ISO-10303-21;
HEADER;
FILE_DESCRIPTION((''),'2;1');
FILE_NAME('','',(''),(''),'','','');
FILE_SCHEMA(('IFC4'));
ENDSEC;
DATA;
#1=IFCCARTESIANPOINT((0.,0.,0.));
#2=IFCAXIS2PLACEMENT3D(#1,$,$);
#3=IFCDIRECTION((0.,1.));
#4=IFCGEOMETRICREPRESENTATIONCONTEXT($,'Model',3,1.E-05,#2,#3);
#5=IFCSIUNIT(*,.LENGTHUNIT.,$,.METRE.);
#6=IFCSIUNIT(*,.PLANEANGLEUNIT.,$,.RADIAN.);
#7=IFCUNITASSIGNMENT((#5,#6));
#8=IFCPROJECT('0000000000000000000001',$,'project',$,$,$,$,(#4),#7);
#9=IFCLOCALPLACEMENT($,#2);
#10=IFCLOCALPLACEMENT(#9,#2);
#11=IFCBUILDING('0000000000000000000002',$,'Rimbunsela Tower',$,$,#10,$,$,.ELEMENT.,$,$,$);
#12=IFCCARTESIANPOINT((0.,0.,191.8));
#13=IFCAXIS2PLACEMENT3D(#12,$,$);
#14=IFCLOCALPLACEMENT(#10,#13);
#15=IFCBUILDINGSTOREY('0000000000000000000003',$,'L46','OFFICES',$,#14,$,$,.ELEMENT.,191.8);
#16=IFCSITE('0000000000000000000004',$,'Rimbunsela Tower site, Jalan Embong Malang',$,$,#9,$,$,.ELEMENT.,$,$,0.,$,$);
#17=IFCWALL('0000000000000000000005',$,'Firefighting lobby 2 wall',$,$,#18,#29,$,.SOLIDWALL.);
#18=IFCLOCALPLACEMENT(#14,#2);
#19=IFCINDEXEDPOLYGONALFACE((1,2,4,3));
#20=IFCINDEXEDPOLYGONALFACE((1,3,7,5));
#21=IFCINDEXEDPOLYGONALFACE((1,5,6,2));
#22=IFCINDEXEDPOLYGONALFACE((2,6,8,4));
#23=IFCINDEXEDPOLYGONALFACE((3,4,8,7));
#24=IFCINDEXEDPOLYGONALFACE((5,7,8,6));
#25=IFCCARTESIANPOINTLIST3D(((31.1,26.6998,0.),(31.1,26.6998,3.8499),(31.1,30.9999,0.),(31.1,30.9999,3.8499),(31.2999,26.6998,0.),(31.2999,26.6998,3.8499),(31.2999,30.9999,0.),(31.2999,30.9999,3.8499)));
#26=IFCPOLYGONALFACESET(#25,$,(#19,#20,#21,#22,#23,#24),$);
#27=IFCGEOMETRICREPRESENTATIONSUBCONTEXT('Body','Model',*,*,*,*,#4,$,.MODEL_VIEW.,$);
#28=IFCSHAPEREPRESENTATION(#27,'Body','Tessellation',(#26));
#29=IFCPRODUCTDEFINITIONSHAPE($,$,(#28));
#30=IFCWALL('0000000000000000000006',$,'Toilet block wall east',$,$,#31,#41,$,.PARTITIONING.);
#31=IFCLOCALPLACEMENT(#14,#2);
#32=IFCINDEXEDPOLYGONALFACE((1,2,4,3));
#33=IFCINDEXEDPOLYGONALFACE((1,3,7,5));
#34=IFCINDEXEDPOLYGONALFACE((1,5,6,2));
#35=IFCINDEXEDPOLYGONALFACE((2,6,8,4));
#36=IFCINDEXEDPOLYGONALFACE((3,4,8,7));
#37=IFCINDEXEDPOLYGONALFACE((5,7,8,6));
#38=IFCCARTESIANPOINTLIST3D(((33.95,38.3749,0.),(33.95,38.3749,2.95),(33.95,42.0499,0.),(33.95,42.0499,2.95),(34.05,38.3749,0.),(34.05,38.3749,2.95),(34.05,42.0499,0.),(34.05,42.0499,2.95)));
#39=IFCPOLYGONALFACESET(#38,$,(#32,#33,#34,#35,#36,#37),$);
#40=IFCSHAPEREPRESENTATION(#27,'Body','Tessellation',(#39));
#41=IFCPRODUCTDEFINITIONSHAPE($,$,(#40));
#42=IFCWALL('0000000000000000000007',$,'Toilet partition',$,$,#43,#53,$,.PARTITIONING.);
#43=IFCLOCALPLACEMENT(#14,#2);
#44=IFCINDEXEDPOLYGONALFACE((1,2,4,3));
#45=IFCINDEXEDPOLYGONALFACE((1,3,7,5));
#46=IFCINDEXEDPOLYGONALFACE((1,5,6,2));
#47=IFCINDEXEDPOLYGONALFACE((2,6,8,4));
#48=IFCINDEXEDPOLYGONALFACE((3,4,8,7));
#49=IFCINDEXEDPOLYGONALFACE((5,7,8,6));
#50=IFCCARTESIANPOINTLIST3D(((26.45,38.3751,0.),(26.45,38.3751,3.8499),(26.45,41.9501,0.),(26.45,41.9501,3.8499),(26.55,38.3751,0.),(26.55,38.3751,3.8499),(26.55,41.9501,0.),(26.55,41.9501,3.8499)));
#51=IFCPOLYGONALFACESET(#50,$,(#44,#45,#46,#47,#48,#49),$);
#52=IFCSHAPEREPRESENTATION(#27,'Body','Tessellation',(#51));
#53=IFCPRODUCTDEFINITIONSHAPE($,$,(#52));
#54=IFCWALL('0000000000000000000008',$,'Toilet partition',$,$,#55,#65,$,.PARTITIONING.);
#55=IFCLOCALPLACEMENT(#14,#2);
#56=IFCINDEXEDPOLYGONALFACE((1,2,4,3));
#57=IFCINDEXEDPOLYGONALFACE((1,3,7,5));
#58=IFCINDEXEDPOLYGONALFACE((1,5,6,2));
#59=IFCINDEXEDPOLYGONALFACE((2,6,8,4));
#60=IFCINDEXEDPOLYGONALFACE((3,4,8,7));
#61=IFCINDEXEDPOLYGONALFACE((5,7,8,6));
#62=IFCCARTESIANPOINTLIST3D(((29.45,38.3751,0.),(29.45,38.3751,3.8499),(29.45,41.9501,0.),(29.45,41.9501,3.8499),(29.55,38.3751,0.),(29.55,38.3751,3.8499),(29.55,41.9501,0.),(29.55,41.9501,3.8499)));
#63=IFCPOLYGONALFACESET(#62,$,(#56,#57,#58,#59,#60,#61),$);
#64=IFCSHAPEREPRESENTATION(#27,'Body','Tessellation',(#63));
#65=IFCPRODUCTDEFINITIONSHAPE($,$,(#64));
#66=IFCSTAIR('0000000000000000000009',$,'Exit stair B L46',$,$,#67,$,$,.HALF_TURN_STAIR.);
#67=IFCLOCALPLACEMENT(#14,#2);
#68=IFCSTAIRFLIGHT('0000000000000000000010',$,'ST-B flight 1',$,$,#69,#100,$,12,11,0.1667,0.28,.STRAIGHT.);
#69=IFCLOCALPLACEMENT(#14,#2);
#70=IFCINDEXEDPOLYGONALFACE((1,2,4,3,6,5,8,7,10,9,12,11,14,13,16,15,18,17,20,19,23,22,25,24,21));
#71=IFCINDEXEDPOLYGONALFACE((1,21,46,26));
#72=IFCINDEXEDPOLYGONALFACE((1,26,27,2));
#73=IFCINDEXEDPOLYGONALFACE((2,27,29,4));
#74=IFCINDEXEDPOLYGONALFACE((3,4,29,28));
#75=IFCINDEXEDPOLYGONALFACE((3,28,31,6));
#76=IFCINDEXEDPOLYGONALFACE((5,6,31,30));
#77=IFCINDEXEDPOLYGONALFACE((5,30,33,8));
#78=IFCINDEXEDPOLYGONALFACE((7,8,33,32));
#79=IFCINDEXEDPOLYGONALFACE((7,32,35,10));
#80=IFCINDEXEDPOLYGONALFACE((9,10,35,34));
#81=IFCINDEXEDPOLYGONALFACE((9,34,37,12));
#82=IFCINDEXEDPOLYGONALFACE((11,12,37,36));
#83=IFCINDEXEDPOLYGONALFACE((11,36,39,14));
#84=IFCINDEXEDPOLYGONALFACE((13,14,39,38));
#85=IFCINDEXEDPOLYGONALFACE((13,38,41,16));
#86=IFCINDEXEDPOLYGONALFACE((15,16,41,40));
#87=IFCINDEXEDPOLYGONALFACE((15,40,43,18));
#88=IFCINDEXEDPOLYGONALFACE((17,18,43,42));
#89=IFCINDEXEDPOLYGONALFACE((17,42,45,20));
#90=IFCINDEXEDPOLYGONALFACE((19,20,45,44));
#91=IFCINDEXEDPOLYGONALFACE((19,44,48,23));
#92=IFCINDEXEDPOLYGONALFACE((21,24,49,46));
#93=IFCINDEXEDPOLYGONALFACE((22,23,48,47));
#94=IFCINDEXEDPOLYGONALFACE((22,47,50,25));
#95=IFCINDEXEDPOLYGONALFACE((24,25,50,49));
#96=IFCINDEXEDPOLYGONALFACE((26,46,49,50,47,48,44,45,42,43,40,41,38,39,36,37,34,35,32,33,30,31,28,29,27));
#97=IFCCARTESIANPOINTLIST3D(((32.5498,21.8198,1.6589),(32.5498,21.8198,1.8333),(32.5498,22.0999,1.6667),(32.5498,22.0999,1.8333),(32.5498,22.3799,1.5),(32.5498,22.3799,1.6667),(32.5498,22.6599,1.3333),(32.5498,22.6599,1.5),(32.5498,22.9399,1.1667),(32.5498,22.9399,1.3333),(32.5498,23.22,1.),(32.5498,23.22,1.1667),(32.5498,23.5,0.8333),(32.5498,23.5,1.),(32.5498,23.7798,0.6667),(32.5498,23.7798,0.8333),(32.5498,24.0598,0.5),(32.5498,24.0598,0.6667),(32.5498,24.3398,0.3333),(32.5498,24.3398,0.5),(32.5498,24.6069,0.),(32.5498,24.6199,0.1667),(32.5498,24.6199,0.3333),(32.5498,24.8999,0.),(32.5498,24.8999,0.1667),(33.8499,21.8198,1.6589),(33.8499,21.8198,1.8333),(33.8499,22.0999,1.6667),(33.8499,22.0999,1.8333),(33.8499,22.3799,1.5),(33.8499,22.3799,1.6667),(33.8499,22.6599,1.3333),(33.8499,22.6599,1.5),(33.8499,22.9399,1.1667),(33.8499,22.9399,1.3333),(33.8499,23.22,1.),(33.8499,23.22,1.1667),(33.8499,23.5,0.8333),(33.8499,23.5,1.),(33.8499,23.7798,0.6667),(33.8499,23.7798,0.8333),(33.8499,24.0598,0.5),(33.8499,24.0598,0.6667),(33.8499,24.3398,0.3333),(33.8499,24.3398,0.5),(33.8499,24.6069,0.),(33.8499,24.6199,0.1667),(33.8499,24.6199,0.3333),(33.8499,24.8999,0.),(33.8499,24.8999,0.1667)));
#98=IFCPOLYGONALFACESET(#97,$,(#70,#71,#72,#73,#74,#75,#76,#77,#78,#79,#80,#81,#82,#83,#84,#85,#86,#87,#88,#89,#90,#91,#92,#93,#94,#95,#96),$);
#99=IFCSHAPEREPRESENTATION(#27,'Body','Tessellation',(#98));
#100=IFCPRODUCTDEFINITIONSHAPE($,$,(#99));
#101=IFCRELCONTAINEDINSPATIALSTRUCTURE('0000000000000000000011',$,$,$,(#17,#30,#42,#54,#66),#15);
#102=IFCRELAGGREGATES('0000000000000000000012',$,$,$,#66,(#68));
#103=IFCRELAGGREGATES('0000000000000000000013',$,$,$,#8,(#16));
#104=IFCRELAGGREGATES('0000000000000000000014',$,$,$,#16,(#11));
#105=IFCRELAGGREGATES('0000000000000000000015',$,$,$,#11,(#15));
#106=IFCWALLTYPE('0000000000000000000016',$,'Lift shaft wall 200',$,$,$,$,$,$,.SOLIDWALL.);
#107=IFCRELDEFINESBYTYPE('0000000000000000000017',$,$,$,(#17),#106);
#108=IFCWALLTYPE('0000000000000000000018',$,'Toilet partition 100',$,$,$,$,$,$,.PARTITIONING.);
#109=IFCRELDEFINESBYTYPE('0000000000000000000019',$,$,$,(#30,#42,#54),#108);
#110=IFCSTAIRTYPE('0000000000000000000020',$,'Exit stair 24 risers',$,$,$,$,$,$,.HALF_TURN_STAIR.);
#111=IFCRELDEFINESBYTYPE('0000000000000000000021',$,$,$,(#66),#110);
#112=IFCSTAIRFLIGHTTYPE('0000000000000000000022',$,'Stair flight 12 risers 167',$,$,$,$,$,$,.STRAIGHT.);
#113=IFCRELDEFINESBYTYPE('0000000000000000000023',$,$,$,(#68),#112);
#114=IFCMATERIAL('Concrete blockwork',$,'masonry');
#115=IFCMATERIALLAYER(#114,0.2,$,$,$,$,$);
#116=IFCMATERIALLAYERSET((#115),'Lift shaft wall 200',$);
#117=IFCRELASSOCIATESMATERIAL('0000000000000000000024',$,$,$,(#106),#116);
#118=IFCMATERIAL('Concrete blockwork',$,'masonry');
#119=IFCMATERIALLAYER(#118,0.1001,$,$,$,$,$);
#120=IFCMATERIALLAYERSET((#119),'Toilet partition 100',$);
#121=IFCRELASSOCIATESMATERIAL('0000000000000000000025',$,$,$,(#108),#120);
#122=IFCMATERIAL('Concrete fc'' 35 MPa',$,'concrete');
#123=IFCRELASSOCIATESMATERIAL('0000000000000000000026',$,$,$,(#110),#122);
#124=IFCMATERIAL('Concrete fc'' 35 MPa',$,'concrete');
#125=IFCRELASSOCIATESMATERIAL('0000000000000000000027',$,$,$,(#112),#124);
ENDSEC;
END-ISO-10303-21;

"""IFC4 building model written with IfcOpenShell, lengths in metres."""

from ifc_helpers import new_model, si_unit, direction, frame, frame_2d, origin, place, context, subcontext, project, spatial, polyline, rectangle, outline, extrude, material, layer, layer_set, type_object, element, aggregate, save


model = new_model("IFC4")

# Units and contexts
model_context = context("Model", 3, precision=1e-05, world=origin(), true_north=direction((0.0, 1.0)))
body_context = subcontext(model_context, "Body", "Model", "MODEL_VIEW")
ifc_project = project(units=[si_unit("LENGTHUNIT", "METRE"), si_unit("PLANEANGLEUNIT", "RADIAN")], contexts=[model_context])

# Site, building, storey
site_placement = place(None, origin())
site = spatial("IfcSite", under=ifc_project, at=site_placement, Name="Rimbunsela Tower site, Jalan Embong Malang", CompositionType="ELEMENT", RefElevation=0.0)
building_placement = place(site_placement, origin())
building = spatial("IfcBuilding", under=site, at=building_placement, Name="Rimbunsela Tower", CompositionType="ELEMENT")
storey_placement = place(building_placement, frame((0.0, 0.0, 191.8)))
storey = spatial("IfcBuildingStorey", under=building, at=storey_placement, Name="L46", Description="OFFICES", CompositionType="ELEMENT", Elevation=191.8)

# Walls
ifc_material_1 = material(Name="Concrete blockwork", Category="masonry")
ifc_layer_1 = layer(ifc_material_1, 0.2)
ifc_layer_set_1 = layer_set([ifc_layer_1], Name="Lift shaft wall 200")
wall_type_1 = type_object("IfcWallType", Name="Lift shaft wall 200", PredefinedType="SOLIDWALL", material=ifc_layer_set_1)
wall_1_placement = place(storey_placement, frame((31.2, 26.7, 0.0), z_axis=(0.0, 0.0, 1.0), x_axis=(0.0, 1.0, 0.0)))
element("IfcWall", 1, at=wall_1_placement, inside=storey, type_object=wall_type_1, Name="Firefighting lobby 2 wall", PredefinedType="SOLIDWALL", context=body_context, shape_type="SweptSolid", body=[
    extrude(rectangle(XDim=4.3, YDim=0.2, at=frame_2d((2.1499, 0.0))), origin(), (0.0, 0.0, 1.0), 3.8499),
])
ifc_material_2 = material(Name="Concrete blockwork", Category="masonry")
ifc_layer_2 = layer(ifc_material_2, 0.1001)
ifc_layer_set_2 = layer_set([ifc_layer_2], Name="Toilet partition 100")
wall_type_2 = type_object("IfcWallType", Name="Toilet partition 100", PredefinedType="PARTITIONING", material=ifc_layer_set_2)
wall_2_placement = place(storey_placement, frame((34.0, 38.375, 0.0), z_axis=(0.0, 0.0, 1.0), x_axis=(0.0, 1.0, 0.0)))
element("IfcWall", 2, at=wall_2_placement, inside=storey, type_object=wall_type_2, Name="Toilet block wall east", PredefinedType="PARTITIONING", context=body_context, shape_type="SweptSolid", body=[
    extrude(rectangle(XDim=3.675, YDim=0.1001, at=frame_2d((1.8374, 0.0))), origin(), (0.0, 0.0, 1.0), 2.95),
])
for number, where, z_axis, x_axis, name in (
    (3, (26.5, 38.375, 0.0), (0.0, 0.0, 1.0), (0.0, 1.0, 0.0), "Toilet partition"),
    (4, (29.5, 38.375, 0.0), (0.0, 0.0, 1.0), (0.0, 1.0, 0.0), "Toilet partition"),
):
    element("IfcWall", number, at=place(storey_placement, frame(where, z_axis=z_axis, x_axis=x_axis)), inside=storey, type_object=wall_type_2, Name=name, PredefinedType="PARTITIONING", context=body_context, shape_type="SweptSolid", body=[
        extrude(rectangle(XDim=3.575, YDim=0.1001, at=frame_2d((1.7876, 0.0))), origin(), (0.0, 0.0, 1.0), 3.8499),
    ])

# Stair, stair flight
ifc_material_3 = material(Name="Concrete fc' 35 MPa", Category="concrete")
stair_type = type_object("IfcStairType", Name="Exit stair 24 risers", PredefinedType="HALF_TURN_STAIR", material=ifc_material_3)
stair_placement = place(storey_placement, origin())
stair = element("IfcStair", 5, at=stair_placement, inside=storey, type_object=stair_type, Name="Exit stair B L46", PredefinedType="HALF_TURN_STAIR")
ifc_material_4 = material(Name="Concrete fc' 35 MPa", Category="concrete")
stair_flight_type = type_object("IfcStairFlightType", Name="Stair flight 12 risers 167", PredefinedType="STRAIGHT", material=ifc_material_4)
stair_flight_placement = place(storey_placement, frame((33.2, 24.8999, 0.0), z_axis=(0.0, 0.0, 1.0), x_axis=(0.0, -1.0, 0.0)))
stair_flight = element("IfcStairFlight", 6, at=stair_flight_placement, type_object=stair_flight_type, Name="ST-B flight 1", NumberOfRisers=12, NumberOfTreads=11, PredefinedType="STRAIGHT", RiserHeight=0.1667, TreadLength=0.28, context=body_context, shape_type="SweptSolid", body=[
    extrude(outline(polyline([(0.0, 0.0), (0.0, 0.1667), (0.28, 0.1667), (0.28, 0.3333), (0.5601, 0.3333), (0.5601, 0.5), (0.8401, 0.5), (0.8401, 0.6667), (1.1201, 0.6667), (1.1201, 0.8333), (1.3999, 0.8333), (1.3999, 1.0), (1.6799, 1.0), (1.6799, 1.1667), (1.96, 1.1667), (1.96, 1.3333), (2.24, 1.3333), (2.24, 1.5), (2.52, 1.5), (2.52, 1.6667), (2.8, 1.6667), (2.8, 1.8333), (3.0801, 1.8333), (3.0801, 2.0), (3.0801, 1.6589), (0.293, 0.0), (0.0, 0.0)])), frame((0.0, 0.6499, 0.0), z_axis=(0.0, -1.0, 0.0), x_axis=(1.0, 0.0, 0.0)), (0.0, 0.0, 1.0), 1.3),
])
aggregate(stair, [stair_flight])

save(model, "model.ifc")
